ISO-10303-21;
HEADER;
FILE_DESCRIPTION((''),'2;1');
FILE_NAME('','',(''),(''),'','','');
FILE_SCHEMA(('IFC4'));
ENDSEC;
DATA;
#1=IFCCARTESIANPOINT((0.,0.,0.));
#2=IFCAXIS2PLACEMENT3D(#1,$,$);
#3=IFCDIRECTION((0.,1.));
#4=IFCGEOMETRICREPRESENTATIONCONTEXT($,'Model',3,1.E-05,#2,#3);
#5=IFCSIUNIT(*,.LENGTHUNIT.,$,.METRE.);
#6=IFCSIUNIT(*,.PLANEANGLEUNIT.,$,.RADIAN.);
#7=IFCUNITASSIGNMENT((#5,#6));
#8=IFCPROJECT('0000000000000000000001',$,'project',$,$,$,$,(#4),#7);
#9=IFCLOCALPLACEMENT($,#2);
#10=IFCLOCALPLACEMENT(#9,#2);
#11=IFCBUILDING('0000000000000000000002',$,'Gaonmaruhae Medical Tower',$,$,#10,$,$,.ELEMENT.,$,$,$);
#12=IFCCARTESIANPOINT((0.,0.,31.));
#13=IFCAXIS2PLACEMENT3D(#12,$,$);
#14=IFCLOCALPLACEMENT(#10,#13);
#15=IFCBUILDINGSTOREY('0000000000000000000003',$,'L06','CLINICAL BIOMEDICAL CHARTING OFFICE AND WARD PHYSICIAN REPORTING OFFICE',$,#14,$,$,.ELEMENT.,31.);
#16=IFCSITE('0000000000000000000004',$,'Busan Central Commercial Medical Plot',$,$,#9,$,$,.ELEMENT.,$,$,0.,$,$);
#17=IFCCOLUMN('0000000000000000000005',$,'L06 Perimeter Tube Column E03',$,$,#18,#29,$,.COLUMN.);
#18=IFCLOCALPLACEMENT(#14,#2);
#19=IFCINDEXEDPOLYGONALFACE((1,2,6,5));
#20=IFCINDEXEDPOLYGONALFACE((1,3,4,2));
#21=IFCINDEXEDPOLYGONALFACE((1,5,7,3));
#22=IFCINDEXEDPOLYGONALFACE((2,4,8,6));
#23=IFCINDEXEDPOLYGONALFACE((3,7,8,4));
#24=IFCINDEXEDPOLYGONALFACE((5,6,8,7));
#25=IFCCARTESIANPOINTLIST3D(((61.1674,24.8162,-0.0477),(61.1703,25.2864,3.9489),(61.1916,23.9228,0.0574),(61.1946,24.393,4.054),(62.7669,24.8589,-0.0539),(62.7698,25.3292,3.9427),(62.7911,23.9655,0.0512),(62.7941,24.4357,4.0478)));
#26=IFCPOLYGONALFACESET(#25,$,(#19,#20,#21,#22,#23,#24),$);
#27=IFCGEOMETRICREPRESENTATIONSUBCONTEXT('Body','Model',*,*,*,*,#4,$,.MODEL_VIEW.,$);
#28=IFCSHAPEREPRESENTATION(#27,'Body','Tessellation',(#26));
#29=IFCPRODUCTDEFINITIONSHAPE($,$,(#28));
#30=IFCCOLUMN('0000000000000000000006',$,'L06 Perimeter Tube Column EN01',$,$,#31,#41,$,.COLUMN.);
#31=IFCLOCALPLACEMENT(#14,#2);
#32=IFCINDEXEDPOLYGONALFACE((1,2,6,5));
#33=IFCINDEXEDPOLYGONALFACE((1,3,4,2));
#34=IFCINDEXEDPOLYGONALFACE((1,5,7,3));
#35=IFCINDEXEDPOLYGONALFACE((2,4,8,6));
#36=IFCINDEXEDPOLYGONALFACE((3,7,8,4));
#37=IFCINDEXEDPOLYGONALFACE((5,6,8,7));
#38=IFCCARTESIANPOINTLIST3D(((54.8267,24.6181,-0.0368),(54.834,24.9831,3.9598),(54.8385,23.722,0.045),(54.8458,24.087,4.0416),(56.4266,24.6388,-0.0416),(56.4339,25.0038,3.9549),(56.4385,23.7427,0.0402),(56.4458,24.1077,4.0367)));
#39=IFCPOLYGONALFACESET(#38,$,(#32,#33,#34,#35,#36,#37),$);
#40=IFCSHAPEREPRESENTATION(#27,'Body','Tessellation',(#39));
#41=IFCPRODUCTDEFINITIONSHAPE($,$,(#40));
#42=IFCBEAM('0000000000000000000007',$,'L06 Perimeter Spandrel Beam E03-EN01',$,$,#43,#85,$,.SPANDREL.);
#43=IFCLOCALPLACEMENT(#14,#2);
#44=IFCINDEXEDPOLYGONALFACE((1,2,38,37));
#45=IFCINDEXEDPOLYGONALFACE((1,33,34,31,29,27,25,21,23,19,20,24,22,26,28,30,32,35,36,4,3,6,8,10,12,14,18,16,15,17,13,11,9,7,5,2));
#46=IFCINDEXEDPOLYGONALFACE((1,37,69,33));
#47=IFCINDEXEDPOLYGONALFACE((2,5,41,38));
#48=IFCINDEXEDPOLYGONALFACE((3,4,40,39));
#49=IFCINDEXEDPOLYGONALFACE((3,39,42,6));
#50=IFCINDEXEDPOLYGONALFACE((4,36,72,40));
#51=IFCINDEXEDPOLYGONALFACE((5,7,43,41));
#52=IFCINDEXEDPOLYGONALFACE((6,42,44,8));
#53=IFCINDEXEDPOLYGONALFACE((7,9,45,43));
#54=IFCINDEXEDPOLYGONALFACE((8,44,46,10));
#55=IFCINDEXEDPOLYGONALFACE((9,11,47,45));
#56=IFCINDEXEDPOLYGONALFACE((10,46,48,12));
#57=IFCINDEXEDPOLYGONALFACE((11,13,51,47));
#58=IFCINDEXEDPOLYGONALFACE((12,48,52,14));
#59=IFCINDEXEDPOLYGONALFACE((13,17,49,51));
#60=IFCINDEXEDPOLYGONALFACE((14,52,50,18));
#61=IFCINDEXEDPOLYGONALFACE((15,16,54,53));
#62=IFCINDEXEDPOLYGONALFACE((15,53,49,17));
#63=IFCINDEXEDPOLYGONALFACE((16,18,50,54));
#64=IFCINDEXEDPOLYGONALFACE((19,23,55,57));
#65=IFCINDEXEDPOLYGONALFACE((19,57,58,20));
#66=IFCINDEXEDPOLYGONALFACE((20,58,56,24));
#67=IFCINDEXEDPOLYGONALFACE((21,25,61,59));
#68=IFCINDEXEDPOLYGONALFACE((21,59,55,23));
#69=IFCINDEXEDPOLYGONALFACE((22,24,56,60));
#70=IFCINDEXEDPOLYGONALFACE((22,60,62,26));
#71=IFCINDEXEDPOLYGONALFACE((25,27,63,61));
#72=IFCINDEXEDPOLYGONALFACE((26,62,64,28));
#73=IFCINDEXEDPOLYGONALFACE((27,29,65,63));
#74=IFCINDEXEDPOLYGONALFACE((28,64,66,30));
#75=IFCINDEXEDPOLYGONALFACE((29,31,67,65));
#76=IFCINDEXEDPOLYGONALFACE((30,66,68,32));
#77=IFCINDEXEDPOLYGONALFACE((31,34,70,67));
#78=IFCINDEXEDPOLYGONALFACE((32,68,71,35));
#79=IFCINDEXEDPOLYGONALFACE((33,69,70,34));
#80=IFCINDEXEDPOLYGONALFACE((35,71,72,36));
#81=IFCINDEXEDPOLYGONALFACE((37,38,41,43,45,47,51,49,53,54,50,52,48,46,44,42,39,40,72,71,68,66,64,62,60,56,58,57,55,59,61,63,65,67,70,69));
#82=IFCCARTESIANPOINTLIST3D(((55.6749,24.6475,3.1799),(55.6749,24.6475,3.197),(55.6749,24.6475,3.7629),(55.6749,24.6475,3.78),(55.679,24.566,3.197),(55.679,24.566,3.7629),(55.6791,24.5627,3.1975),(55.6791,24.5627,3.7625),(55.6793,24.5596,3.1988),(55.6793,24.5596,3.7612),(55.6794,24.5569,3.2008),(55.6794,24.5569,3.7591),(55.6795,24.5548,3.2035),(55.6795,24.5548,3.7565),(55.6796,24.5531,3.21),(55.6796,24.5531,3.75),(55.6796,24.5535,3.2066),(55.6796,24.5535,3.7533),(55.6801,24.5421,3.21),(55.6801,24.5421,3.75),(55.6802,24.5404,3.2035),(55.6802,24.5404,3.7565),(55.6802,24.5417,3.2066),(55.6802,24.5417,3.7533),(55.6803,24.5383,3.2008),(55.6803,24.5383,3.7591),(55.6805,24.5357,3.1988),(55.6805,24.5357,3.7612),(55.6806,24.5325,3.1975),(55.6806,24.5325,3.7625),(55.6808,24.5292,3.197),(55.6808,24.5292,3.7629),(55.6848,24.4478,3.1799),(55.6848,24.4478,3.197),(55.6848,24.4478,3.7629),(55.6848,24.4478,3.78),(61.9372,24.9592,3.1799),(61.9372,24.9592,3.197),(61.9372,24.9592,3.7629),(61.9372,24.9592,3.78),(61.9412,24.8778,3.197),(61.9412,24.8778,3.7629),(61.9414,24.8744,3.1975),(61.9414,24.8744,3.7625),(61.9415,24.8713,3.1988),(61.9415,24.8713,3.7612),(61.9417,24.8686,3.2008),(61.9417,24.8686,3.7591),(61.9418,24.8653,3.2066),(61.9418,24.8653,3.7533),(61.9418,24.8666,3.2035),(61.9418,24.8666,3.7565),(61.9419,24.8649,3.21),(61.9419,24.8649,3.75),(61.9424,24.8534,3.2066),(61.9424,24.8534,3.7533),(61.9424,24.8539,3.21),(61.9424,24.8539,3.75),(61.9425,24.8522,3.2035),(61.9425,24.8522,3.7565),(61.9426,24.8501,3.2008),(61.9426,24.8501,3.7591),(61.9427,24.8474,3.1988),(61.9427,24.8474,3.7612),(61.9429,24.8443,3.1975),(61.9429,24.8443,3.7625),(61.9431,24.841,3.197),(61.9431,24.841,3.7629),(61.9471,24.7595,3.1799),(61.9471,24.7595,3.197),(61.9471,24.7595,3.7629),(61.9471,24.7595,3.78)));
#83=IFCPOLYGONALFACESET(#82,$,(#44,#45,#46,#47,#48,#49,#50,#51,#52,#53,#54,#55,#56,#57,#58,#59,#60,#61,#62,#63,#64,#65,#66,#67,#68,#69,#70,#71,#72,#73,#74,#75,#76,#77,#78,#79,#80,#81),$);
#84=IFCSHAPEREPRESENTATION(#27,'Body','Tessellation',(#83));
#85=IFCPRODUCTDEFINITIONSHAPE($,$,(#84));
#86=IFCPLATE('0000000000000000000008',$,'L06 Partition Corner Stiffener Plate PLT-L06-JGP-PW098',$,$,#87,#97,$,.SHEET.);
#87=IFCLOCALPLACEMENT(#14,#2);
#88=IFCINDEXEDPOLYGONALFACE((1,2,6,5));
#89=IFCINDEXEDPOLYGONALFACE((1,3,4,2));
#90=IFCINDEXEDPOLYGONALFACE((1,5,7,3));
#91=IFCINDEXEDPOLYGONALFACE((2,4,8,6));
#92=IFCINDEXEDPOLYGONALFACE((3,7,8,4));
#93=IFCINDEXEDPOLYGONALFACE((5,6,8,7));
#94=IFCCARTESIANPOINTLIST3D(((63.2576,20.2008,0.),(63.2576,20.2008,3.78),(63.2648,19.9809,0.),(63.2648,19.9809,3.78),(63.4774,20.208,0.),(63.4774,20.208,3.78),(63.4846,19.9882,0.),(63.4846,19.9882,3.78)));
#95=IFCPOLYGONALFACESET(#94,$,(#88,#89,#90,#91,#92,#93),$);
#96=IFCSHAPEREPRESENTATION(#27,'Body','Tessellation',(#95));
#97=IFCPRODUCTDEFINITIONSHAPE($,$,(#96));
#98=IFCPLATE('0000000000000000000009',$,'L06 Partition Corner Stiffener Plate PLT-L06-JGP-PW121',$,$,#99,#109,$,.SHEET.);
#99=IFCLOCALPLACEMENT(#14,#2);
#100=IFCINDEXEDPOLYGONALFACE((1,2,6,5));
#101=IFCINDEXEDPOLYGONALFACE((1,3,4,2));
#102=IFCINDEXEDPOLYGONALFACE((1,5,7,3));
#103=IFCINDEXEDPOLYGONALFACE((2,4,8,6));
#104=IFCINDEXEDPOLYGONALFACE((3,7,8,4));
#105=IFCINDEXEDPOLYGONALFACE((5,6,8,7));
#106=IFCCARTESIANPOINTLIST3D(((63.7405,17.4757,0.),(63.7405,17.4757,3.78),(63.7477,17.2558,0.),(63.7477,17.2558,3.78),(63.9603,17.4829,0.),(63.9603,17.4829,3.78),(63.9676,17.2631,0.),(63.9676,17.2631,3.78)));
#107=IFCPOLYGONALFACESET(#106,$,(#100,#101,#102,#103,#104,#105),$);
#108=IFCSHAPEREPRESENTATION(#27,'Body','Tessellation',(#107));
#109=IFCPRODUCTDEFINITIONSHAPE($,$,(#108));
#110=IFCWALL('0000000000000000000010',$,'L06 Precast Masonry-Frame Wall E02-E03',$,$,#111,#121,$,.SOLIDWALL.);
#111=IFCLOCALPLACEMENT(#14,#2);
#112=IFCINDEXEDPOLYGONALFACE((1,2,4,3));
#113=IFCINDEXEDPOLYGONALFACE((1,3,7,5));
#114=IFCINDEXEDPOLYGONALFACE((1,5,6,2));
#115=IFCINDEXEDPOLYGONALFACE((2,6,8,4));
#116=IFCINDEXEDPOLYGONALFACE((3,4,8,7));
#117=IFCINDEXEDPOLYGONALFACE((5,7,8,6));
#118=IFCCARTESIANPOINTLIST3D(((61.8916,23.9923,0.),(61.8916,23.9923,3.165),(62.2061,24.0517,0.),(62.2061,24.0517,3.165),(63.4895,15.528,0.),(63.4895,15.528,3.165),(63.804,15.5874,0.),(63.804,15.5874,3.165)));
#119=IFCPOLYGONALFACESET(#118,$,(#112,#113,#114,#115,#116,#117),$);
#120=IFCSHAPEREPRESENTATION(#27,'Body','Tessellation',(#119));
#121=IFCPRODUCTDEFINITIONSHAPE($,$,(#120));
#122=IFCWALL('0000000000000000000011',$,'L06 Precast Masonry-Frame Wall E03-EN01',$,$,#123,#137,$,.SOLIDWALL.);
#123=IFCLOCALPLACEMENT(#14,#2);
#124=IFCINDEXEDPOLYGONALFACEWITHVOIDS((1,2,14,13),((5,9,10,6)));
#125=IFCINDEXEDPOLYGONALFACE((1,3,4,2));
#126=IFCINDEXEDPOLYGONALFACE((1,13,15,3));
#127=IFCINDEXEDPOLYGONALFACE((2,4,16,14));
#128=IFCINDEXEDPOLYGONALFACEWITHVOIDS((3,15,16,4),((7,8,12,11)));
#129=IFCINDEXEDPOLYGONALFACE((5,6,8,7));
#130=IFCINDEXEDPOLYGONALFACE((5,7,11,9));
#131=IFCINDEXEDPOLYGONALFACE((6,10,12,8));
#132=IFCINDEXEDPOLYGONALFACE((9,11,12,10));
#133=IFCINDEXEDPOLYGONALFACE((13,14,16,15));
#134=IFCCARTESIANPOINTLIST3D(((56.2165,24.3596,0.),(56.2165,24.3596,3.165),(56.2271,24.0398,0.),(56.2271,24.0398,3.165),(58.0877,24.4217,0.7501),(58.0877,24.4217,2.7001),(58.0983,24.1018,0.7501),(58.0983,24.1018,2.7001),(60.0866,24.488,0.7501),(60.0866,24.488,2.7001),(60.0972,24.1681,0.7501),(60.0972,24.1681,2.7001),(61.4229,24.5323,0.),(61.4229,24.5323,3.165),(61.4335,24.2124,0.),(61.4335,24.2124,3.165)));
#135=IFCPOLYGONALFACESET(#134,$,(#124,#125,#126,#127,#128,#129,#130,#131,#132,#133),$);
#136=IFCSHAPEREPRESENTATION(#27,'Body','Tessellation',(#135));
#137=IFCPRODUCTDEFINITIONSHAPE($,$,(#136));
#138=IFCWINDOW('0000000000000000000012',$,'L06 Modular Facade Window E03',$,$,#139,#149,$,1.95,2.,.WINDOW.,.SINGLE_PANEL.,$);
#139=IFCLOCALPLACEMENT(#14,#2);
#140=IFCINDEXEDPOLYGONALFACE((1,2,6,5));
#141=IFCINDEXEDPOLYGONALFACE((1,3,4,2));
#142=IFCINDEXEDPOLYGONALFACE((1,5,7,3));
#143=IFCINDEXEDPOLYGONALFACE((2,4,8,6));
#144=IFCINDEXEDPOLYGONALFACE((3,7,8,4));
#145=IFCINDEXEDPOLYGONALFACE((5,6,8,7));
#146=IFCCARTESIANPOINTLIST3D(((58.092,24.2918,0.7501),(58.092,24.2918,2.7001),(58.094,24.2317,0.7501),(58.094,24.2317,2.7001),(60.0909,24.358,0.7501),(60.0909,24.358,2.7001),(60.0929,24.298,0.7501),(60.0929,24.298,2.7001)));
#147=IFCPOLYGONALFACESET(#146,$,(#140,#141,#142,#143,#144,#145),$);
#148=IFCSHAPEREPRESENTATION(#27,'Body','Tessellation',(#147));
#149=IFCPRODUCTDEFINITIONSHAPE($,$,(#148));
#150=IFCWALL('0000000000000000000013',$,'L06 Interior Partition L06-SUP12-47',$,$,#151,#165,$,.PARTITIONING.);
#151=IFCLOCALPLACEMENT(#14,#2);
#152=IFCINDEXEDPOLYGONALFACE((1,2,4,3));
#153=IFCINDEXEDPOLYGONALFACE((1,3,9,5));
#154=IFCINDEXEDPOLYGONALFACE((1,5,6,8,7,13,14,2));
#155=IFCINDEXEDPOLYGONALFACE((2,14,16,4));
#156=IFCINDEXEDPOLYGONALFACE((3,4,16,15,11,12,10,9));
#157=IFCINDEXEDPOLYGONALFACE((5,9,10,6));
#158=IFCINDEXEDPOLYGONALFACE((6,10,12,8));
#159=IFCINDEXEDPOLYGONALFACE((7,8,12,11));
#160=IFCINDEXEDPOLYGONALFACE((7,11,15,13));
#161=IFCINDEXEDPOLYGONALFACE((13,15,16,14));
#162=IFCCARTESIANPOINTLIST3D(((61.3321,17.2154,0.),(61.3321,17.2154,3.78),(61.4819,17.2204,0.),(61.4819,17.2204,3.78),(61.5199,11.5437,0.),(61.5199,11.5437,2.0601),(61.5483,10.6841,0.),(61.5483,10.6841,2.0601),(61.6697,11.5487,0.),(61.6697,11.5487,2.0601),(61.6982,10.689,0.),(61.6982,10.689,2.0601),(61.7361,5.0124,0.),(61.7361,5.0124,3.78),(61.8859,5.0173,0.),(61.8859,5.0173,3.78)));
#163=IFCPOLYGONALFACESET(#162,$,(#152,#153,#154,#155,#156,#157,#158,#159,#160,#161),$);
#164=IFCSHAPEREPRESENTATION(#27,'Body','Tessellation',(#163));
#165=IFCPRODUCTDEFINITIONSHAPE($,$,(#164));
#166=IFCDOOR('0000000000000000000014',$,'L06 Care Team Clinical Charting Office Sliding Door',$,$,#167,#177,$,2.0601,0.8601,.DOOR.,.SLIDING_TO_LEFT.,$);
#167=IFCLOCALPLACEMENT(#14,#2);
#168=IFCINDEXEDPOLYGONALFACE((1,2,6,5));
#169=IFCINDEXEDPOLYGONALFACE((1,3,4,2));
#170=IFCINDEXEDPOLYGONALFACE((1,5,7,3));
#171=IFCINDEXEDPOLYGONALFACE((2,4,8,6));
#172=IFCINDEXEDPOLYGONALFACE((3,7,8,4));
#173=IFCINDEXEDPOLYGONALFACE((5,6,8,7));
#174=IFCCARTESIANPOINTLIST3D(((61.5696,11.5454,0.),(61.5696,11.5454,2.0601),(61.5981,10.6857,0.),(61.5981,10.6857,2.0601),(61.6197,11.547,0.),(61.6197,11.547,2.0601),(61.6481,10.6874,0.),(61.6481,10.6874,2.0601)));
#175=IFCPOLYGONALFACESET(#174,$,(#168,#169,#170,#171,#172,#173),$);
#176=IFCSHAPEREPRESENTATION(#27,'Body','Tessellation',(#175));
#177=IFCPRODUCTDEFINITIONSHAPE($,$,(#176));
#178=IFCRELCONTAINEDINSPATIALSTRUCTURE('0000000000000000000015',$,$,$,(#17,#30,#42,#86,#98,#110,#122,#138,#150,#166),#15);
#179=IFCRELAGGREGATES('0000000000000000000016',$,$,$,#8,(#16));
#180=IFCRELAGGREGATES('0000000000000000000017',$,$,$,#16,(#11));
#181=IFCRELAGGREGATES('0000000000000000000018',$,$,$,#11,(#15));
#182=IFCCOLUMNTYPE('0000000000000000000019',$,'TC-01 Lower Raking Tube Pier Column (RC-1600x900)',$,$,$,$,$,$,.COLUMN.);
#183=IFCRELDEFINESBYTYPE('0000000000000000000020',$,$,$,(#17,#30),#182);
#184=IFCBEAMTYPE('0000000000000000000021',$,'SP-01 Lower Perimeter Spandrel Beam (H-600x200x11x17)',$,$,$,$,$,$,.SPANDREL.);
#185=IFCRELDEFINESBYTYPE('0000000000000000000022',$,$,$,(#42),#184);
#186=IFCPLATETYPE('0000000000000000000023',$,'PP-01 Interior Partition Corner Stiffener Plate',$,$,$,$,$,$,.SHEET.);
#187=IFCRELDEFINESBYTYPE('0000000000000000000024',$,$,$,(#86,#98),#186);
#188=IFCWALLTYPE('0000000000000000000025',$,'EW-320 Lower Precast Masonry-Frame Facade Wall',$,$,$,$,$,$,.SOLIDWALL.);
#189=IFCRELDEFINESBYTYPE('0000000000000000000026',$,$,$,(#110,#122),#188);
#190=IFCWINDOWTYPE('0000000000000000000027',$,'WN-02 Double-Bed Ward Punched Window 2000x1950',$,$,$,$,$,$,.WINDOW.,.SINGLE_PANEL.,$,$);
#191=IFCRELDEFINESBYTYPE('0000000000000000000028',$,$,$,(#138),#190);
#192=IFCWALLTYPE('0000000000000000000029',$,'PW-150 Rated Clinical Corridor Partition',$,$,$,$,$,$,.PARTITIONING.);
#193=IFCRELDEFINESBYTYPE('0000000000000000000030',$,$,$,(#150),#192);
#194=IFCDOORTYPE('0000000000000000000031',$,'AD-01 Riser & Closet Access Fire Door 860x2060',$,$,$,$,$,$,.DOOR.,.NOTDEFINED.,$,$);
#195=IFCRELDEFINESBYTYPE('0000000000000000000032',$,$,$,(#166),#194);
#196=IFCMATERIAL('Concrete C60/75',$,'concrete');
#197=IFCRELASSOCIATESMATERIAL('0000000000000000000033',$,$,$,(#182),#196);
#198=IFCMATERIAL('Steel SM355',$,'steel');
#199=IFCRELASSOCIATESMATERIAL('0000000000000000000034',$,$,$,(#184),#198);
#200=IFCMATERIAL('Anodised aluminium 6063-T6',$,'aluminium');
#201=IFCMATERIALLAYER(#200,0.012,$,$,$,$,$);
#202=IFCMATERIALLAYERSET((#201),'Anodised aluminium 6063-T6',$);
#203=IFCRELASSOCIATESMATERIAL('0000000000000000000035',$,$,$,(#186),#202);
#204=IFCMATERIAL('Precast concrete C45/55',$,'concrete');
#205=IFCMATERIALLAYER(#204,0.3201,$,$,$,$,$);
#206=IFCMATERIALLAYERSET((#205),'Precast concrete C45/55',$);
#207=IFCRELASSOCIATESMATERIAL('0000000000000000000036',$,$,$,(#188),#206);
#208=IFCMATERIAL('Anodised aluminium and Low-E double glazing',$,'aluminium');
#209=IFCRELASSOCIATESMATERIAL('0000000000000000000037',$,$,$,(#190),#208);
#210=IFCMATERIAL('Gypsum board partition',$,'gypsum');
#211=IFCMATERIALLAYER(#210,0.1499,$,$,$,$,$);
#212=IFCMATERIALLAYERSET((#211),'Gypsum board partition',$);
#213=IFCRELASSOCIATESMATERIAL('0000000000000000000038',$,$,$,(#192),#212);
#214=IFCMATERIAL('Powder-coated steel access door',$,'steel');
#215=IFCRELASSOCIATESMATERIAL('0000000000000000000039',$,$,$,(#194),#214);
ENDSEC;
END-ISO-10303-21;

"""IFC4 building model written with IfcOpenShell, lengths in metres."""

from ifc_helpers import new_model, si_unit, direction, frame, frame_2d, origin, origin_2d, place, context, subcontext, project, spatial, rectangle, i_section, extrude, material, layer, layer_set, material_profile, profile_set, type_object, element, fill, save


model = new_model("IFC4")

# Units and contexts
model_context = context("Model", 3, precision=1e-05, world=origin(), true_north=direction((0.0, 1.0)))
body_context = subcontext(model_context, "Body", "Model", "MODEL_VIEW")
ifc_project = project(units=[si_unit("LENGTHUNIT", "METRE"), si_unit("PLANEANGLEUNIT", "RADIAN")], contexts=[model_context])

# Site, building, storey
site_placement = place(None, origin())
site = spatial("IfcSite", under=ifc_project, at=site_placement, Name="Busan Central Commercial Medical Plot", CompositionType="ELEMENT", RefElevation=0.0)
building_placement = place(site_placement, origin())
building = spatial("IfcBuilding", under=site, at=building_placement, Name="Gaonmaruhae Medical Tower", CompositionType="ELEMENT")
storey_placement = place(building_placement, frame((0.0, 0.0, 31.0)))
storey = spatial("IfcBuildingStorey", under=building, at=storey_placement, Name="L06", Description="CLINICAL BIOMEDICAL CHARTING OFFICE AND WARD PHYSICIAN REPORTING OFFICE", CompositionType="ELEMENT", Elevation=31.0)

# Columns
ifc_material_1 = material(Name="Concrete C60/75", Category="concrete")
ifc_material_profile_1 = material_profile(ifc_material_1, rectangle(XDim=1.6001, YDim=0.8999, at=origin_2d()), Name="RC-1600x900")
ifc_profile_set_1 = profile_set([ifc_material_profile_1], Name="Concrete C60/75")
column_type = type_object("IfcColumnType", Name="TC-01 Lower Raking Tube Pier Column (RC-1600x900)", PredefinedType="COLUMN", material=ifc_profile_set_1)
column_1_placement = place(storey_placement, frame((61.9792, 24.3909, 0.0017), z_axis=(0.000728, 0.116848, 0.99315), x_axis=(-0.999636, -0.0267, 0.003874)))
element("IfcColumn", 1, at=column_1_placement, inside=storey, type_object=column_type, Name="L06 Perimeter Tube Column E03", PredefinedType="COLUMN", context=body_context, shape_type="SweptSolid", body=[
    extrude(rectangle(XDim=1.6001, YDim=0.8999, at=origin_2d()), origin(), (0.0, 0.0, 1.0), 4.0242),
])
column_2_placement = place(storey_placement, frame((55.6326, 24.1804, 0.0017), z_axis=(0.001825, 0.090947, 0.995854), x_axis=(-0.999911, -0.012959, 0.003016)))
element("IfcColumn", 2, at=column_2_placement, inside=storey, type_object=column_type, Name="L06 Perimeter Tube Column EN01", PredefinedType="COLUMN", context=body_context, shape_type="SweptSolid", body=[
    extrude(rectangle(XDim=1.6001, YDim=0.8999, at=origin_2d()), origin(), (0.0, 0.0, 1.0), 4.0132),
])

# Beam
ifc_material_2 = material(Name="Steel SM355", Category="steel")
ifc_material_profile_2 = material_profile(ifc_material_2, i_section(OverallWidth=0.2, OverallDepth=0.6001, WebThickness=0.011, FlangeThickness=0.0171, FilletRadius=0.0129, at=origin_2d()), Name="H-600x200x11x17")
ifc_profile_set_2 = profile_set([ifc_material_profile_2], Name="Steel SM355")
beam_type = type_object("IfcBeamType", Name="SP-01 Lower Perimeter Spandrel Beam (H-600x200x11x17)", PredefinedType="SPANDREL", material=ifc_profile_set_2)
beam_placement = place(storey_placement, frame((61.9421, 24.8594, 3.48), z_axis=(-0.998763, -0.049724, 0.0), x_axis=(0.049724, -0.998763, 0.0)))
element("IfcBeam", 3, at=beam_placement, inside=storey, type_object=beam_type, Name="L06 Perimeter Spandrel Beam E03-EN01", PredefinedType="SPANDREL", context=body_context, shape_type="SweptSolid", body=[
    extrude(i_section(OverallWidth=0.2, OverallDepth=0.6001, WebThickness=0.011, FlangeThickness=0.0171, FilletRadius=0.0129, at=origin_2d()), origin(), (0.0, 0.0, 1.0), 6.27),
])

# Plates
ifc_material_3 = material(Name="Anodised aluminium 6063-T6", Category="aluminium")
ifc_layer_1 = layer(ifc_material_3, 0.012)
ifc_layer_set_1 = layer_set([ifc_layer_1], Name="Anodised aluminium 6063-T6")
plate_type = type_object("IfcPlateType", Name="PP-01 Interior Partition Corner Stiffener Plate", PredefinedType="SHEET", material=ifc_layer_set_1)
for number, where, z_axis, x_axis, name in (
    (4, (63.3711, 20.0945, 0.0), (0.0, 0.0, 1.0), (-0.99946, -0.032859, 0.0), "L06 Partition Corner Stiffener Plate PLT-L06-JGP-PW098"),
    (5, (63.854, 17.3694, 0.0), (0.0, 0.0, 1.0), (0.999456, 0.032981, 0.0), "L06 Partition Corner Stiffener Plate PLT-L06-JGP-PW121"),
):
    element("IfcPlate", number, at=place(storey_placement, frame(where, z_axis=z_axis, x_axis=x_axis)), inside=storey, type_object=plate_type, Name=name, PredefinedType="SHEET", context=body_context, shape_type="SweptSolid", body=[
        extrude(rectangle(XDim=0.22, YDim=0.22, at=origin_2d()), origin(), (0.0, 0.0, 1.0), 3.78),
    ])

# Wall
ifc_material_4 = material(Name="Precast concrete C45/55", Category="concrete")
ifc_layer_2 = layer(ifc_material_4, 0.3201)
ifc_layer_set_2 = layer_set([ifc_layer_2], Name="Precast concrete C45/55")
wall_type_1 = type_object("IfcWallType", Name="EW-320 Lower Precast Masonry-Frame Facade Wall", PredefinedType="SOLIDWALL", material=ifc_layer_set_2)
wall_1_placement = place(storey_placement, frame((62.0488, 24.022, 0.0), z_axis=(0.0, 0.0, 1.0), x_axis=(0.185503, -0.982644, 0.0)))
element("IfcWall", 6, at=wall_1_placement, inside=storey, type_object=wall_type_1, Name="L06 Precast Masonry-Frame Wall E02-E03", PredefinedType="SOLIDWALL", context=body_context, shape_type="SweptSolid", body=[
    extrude(rectangle(XDim=8.6138, YDim=0.3201, at=frame_2d((4.3069, 0.0))), origin(), (0.0, 0.0, 1.0), 3.165),
])

# Wall, opening, window
wall_2_placement = place(storey_placement, frame((56.2219, 24.1997, 0.0), z_axis=(0.0, 0.0, 1.0), x_axis=(0.999451, 0.033135, 0.0)))
wall_2 = element("IfcWall", 7, at=wall_2_placement, inside=storey, type_object=wall_type_1, Name="L06 Precast Masonry-Frame Wall E03-EN01", PredefinedType="SOLIDWALL", context=body_context, shape_type="SweptSolid", body=[
    extrude(rectangle(XDim=5.2092, YDim=0.3201, at=frame_2d((2.6045, 0.0))), origin(), (0.0, 0.0, 1.0), 3.165),
])
opening_1_placement = place(wall_2_placement, frame((1.8721, 0.0, 0.75)))
opening_1 = element("IfcOpeningElement", 8, at=opening_1_placement, cuts=wall_2, PredefinedType="OPENING", context=body_context, shape_type="SweptSolid", body=[
    extrude(rectangle(XDim=2.0, YDim=1.95, at=frame_2d((1.0, 0.9751))), frame((0.0, 0.1699, 0.0), z_axis=(0.0, -1.0, 0.0), x_axis=(1.0, 0.0, 0.0)), (0.0, 0.0, 1.0), 0.3401),
])
ifc_material_5 = material(Name="Anodised aluminium and Low-E double glazing", Category="aluminium")
window_type = type_object("IfcWindowType", Name="WN-02 Double-Bed Ward Punched Window 2000x1950", PartitioningType="SINGLE_PANEL", PredefinedType="WINDOW", material=ifc_material_5)
window_placement = place(opening_1_placement, origin())
window = element("IfcWindow", 9, at=window_placement, inside=storey, type_object=window_type, Name="L06 Modular Facade Window E03", OverallHeight=1.95, OverallWidth=2.0, PartitioningType="SINGLE_PANEL", PredefinedType="WINDOW", context=body_context, shape_type="SweptSolid", body=[
    extrude(rectangle(XDim=2.0, YDim=1.95, at=frame_2d((1.0, 0.9751))), frame((0.0, 0.03, 0.0), z_axis=(0.0, -1.0, 0.0), x_axis=(1.0, 0.0, 0.0)), (0.0, 0.0, 1.0), 0.0601),
])
fill(opening_1, window)

# Wall, opening, door
ifc_material_6 = material(Name="Gypsum board partition", Category="gypsum")
ifc_layer_3 = layer(ifc_material_6, 0.1499)
ifc_layer_set_3 = layer_set([ifc_layer_3], Name="Gypsum board partition")
wall_type_2 = type_object("IfcWallType", Name="PW-150 Rated Clinical Corridor Partition", PredefinedType="PARTITIONING", material=ifc_layer_set_3)
wall_3_placement = place(storey_placement, frame((61.407, 17.218, 0.0), z_axis=(0.0, 0.0, 1.0), x_axis=(0.033092, -0.999452, 0.0)))
wall_3 = element("IfcWall", 10, at=wall_3_placement, inside=storey, type_object=wall_type_2, Name="L06 Interior Partition L06-SUP12-47", PredefinedType="PARTITIONING", context=body_context, shape_type="SweptSolid", body=[
    extrude(rectangle(XDim=12.2097, YDim=0.1499, at=frame_2d((6.105, 0.0))), origin(), (0.0, 0.0, 1.0), 3.78),
])
opening_2_placement = place(wall_3_placement, frame((5.6748, 0.0, 0.0)))
opening_2 = element("IfcOpeningElement", 11, at=opening_2_placement, cuts=wall_3, PredefinedType="OPENING", context=body_context, shape_type="SweptSolid", body=[
    extrude(rectangle(XDim=0.8601, YDim=2.0601, at=frame_2d((0.4302, 1.03))), frame((0.0, 0.085, 0.0), z_axis=(0.0, -1.0, 0.0), x_axis=(1.0, 0.0, 0.0)), (0.0, 0.0, 1.0), 0.1699),
])
ifc_material_7 = material(Name="Powder-coated steel access door", Category="steel")
door_type_1 = type_object("IfcDoorType", Name="AD-01 Riser & Closet Access Fire Door 860x2060", OperationType="NOTDEFINED", PredefinedType="DOOR", material=ifc_material_7)
door_1_placement = place(opening_2_placement, origin())
door_1 = element("IfcDoor", 12, at=door_1_placement, inside=storey, type_object=door_type_1, Name="L06 Care Team Clinical Charting Office Sliding Door", OperationType="SLIDING_TO_LEFT", OverallHeight=2.0601, OverallWidth=0.8601, PredefinedType="DOOR", context=body_context, shape_type="SweptSolid", body=[
    extrude(rectangle(XDim=0.8601, YDim=2.0601, at=frame_2d((0.4302, 1.03))), frame((0.0, 0.0249, 0.0), z_axis=(0.0, -1.0, 0.0), x_axis=(1.0, 0.0, 0.0)), (0.0, 0.0, 1.0), 0.05),
])
fill(opening_2, door_1)

save(model, "model.ifc")
